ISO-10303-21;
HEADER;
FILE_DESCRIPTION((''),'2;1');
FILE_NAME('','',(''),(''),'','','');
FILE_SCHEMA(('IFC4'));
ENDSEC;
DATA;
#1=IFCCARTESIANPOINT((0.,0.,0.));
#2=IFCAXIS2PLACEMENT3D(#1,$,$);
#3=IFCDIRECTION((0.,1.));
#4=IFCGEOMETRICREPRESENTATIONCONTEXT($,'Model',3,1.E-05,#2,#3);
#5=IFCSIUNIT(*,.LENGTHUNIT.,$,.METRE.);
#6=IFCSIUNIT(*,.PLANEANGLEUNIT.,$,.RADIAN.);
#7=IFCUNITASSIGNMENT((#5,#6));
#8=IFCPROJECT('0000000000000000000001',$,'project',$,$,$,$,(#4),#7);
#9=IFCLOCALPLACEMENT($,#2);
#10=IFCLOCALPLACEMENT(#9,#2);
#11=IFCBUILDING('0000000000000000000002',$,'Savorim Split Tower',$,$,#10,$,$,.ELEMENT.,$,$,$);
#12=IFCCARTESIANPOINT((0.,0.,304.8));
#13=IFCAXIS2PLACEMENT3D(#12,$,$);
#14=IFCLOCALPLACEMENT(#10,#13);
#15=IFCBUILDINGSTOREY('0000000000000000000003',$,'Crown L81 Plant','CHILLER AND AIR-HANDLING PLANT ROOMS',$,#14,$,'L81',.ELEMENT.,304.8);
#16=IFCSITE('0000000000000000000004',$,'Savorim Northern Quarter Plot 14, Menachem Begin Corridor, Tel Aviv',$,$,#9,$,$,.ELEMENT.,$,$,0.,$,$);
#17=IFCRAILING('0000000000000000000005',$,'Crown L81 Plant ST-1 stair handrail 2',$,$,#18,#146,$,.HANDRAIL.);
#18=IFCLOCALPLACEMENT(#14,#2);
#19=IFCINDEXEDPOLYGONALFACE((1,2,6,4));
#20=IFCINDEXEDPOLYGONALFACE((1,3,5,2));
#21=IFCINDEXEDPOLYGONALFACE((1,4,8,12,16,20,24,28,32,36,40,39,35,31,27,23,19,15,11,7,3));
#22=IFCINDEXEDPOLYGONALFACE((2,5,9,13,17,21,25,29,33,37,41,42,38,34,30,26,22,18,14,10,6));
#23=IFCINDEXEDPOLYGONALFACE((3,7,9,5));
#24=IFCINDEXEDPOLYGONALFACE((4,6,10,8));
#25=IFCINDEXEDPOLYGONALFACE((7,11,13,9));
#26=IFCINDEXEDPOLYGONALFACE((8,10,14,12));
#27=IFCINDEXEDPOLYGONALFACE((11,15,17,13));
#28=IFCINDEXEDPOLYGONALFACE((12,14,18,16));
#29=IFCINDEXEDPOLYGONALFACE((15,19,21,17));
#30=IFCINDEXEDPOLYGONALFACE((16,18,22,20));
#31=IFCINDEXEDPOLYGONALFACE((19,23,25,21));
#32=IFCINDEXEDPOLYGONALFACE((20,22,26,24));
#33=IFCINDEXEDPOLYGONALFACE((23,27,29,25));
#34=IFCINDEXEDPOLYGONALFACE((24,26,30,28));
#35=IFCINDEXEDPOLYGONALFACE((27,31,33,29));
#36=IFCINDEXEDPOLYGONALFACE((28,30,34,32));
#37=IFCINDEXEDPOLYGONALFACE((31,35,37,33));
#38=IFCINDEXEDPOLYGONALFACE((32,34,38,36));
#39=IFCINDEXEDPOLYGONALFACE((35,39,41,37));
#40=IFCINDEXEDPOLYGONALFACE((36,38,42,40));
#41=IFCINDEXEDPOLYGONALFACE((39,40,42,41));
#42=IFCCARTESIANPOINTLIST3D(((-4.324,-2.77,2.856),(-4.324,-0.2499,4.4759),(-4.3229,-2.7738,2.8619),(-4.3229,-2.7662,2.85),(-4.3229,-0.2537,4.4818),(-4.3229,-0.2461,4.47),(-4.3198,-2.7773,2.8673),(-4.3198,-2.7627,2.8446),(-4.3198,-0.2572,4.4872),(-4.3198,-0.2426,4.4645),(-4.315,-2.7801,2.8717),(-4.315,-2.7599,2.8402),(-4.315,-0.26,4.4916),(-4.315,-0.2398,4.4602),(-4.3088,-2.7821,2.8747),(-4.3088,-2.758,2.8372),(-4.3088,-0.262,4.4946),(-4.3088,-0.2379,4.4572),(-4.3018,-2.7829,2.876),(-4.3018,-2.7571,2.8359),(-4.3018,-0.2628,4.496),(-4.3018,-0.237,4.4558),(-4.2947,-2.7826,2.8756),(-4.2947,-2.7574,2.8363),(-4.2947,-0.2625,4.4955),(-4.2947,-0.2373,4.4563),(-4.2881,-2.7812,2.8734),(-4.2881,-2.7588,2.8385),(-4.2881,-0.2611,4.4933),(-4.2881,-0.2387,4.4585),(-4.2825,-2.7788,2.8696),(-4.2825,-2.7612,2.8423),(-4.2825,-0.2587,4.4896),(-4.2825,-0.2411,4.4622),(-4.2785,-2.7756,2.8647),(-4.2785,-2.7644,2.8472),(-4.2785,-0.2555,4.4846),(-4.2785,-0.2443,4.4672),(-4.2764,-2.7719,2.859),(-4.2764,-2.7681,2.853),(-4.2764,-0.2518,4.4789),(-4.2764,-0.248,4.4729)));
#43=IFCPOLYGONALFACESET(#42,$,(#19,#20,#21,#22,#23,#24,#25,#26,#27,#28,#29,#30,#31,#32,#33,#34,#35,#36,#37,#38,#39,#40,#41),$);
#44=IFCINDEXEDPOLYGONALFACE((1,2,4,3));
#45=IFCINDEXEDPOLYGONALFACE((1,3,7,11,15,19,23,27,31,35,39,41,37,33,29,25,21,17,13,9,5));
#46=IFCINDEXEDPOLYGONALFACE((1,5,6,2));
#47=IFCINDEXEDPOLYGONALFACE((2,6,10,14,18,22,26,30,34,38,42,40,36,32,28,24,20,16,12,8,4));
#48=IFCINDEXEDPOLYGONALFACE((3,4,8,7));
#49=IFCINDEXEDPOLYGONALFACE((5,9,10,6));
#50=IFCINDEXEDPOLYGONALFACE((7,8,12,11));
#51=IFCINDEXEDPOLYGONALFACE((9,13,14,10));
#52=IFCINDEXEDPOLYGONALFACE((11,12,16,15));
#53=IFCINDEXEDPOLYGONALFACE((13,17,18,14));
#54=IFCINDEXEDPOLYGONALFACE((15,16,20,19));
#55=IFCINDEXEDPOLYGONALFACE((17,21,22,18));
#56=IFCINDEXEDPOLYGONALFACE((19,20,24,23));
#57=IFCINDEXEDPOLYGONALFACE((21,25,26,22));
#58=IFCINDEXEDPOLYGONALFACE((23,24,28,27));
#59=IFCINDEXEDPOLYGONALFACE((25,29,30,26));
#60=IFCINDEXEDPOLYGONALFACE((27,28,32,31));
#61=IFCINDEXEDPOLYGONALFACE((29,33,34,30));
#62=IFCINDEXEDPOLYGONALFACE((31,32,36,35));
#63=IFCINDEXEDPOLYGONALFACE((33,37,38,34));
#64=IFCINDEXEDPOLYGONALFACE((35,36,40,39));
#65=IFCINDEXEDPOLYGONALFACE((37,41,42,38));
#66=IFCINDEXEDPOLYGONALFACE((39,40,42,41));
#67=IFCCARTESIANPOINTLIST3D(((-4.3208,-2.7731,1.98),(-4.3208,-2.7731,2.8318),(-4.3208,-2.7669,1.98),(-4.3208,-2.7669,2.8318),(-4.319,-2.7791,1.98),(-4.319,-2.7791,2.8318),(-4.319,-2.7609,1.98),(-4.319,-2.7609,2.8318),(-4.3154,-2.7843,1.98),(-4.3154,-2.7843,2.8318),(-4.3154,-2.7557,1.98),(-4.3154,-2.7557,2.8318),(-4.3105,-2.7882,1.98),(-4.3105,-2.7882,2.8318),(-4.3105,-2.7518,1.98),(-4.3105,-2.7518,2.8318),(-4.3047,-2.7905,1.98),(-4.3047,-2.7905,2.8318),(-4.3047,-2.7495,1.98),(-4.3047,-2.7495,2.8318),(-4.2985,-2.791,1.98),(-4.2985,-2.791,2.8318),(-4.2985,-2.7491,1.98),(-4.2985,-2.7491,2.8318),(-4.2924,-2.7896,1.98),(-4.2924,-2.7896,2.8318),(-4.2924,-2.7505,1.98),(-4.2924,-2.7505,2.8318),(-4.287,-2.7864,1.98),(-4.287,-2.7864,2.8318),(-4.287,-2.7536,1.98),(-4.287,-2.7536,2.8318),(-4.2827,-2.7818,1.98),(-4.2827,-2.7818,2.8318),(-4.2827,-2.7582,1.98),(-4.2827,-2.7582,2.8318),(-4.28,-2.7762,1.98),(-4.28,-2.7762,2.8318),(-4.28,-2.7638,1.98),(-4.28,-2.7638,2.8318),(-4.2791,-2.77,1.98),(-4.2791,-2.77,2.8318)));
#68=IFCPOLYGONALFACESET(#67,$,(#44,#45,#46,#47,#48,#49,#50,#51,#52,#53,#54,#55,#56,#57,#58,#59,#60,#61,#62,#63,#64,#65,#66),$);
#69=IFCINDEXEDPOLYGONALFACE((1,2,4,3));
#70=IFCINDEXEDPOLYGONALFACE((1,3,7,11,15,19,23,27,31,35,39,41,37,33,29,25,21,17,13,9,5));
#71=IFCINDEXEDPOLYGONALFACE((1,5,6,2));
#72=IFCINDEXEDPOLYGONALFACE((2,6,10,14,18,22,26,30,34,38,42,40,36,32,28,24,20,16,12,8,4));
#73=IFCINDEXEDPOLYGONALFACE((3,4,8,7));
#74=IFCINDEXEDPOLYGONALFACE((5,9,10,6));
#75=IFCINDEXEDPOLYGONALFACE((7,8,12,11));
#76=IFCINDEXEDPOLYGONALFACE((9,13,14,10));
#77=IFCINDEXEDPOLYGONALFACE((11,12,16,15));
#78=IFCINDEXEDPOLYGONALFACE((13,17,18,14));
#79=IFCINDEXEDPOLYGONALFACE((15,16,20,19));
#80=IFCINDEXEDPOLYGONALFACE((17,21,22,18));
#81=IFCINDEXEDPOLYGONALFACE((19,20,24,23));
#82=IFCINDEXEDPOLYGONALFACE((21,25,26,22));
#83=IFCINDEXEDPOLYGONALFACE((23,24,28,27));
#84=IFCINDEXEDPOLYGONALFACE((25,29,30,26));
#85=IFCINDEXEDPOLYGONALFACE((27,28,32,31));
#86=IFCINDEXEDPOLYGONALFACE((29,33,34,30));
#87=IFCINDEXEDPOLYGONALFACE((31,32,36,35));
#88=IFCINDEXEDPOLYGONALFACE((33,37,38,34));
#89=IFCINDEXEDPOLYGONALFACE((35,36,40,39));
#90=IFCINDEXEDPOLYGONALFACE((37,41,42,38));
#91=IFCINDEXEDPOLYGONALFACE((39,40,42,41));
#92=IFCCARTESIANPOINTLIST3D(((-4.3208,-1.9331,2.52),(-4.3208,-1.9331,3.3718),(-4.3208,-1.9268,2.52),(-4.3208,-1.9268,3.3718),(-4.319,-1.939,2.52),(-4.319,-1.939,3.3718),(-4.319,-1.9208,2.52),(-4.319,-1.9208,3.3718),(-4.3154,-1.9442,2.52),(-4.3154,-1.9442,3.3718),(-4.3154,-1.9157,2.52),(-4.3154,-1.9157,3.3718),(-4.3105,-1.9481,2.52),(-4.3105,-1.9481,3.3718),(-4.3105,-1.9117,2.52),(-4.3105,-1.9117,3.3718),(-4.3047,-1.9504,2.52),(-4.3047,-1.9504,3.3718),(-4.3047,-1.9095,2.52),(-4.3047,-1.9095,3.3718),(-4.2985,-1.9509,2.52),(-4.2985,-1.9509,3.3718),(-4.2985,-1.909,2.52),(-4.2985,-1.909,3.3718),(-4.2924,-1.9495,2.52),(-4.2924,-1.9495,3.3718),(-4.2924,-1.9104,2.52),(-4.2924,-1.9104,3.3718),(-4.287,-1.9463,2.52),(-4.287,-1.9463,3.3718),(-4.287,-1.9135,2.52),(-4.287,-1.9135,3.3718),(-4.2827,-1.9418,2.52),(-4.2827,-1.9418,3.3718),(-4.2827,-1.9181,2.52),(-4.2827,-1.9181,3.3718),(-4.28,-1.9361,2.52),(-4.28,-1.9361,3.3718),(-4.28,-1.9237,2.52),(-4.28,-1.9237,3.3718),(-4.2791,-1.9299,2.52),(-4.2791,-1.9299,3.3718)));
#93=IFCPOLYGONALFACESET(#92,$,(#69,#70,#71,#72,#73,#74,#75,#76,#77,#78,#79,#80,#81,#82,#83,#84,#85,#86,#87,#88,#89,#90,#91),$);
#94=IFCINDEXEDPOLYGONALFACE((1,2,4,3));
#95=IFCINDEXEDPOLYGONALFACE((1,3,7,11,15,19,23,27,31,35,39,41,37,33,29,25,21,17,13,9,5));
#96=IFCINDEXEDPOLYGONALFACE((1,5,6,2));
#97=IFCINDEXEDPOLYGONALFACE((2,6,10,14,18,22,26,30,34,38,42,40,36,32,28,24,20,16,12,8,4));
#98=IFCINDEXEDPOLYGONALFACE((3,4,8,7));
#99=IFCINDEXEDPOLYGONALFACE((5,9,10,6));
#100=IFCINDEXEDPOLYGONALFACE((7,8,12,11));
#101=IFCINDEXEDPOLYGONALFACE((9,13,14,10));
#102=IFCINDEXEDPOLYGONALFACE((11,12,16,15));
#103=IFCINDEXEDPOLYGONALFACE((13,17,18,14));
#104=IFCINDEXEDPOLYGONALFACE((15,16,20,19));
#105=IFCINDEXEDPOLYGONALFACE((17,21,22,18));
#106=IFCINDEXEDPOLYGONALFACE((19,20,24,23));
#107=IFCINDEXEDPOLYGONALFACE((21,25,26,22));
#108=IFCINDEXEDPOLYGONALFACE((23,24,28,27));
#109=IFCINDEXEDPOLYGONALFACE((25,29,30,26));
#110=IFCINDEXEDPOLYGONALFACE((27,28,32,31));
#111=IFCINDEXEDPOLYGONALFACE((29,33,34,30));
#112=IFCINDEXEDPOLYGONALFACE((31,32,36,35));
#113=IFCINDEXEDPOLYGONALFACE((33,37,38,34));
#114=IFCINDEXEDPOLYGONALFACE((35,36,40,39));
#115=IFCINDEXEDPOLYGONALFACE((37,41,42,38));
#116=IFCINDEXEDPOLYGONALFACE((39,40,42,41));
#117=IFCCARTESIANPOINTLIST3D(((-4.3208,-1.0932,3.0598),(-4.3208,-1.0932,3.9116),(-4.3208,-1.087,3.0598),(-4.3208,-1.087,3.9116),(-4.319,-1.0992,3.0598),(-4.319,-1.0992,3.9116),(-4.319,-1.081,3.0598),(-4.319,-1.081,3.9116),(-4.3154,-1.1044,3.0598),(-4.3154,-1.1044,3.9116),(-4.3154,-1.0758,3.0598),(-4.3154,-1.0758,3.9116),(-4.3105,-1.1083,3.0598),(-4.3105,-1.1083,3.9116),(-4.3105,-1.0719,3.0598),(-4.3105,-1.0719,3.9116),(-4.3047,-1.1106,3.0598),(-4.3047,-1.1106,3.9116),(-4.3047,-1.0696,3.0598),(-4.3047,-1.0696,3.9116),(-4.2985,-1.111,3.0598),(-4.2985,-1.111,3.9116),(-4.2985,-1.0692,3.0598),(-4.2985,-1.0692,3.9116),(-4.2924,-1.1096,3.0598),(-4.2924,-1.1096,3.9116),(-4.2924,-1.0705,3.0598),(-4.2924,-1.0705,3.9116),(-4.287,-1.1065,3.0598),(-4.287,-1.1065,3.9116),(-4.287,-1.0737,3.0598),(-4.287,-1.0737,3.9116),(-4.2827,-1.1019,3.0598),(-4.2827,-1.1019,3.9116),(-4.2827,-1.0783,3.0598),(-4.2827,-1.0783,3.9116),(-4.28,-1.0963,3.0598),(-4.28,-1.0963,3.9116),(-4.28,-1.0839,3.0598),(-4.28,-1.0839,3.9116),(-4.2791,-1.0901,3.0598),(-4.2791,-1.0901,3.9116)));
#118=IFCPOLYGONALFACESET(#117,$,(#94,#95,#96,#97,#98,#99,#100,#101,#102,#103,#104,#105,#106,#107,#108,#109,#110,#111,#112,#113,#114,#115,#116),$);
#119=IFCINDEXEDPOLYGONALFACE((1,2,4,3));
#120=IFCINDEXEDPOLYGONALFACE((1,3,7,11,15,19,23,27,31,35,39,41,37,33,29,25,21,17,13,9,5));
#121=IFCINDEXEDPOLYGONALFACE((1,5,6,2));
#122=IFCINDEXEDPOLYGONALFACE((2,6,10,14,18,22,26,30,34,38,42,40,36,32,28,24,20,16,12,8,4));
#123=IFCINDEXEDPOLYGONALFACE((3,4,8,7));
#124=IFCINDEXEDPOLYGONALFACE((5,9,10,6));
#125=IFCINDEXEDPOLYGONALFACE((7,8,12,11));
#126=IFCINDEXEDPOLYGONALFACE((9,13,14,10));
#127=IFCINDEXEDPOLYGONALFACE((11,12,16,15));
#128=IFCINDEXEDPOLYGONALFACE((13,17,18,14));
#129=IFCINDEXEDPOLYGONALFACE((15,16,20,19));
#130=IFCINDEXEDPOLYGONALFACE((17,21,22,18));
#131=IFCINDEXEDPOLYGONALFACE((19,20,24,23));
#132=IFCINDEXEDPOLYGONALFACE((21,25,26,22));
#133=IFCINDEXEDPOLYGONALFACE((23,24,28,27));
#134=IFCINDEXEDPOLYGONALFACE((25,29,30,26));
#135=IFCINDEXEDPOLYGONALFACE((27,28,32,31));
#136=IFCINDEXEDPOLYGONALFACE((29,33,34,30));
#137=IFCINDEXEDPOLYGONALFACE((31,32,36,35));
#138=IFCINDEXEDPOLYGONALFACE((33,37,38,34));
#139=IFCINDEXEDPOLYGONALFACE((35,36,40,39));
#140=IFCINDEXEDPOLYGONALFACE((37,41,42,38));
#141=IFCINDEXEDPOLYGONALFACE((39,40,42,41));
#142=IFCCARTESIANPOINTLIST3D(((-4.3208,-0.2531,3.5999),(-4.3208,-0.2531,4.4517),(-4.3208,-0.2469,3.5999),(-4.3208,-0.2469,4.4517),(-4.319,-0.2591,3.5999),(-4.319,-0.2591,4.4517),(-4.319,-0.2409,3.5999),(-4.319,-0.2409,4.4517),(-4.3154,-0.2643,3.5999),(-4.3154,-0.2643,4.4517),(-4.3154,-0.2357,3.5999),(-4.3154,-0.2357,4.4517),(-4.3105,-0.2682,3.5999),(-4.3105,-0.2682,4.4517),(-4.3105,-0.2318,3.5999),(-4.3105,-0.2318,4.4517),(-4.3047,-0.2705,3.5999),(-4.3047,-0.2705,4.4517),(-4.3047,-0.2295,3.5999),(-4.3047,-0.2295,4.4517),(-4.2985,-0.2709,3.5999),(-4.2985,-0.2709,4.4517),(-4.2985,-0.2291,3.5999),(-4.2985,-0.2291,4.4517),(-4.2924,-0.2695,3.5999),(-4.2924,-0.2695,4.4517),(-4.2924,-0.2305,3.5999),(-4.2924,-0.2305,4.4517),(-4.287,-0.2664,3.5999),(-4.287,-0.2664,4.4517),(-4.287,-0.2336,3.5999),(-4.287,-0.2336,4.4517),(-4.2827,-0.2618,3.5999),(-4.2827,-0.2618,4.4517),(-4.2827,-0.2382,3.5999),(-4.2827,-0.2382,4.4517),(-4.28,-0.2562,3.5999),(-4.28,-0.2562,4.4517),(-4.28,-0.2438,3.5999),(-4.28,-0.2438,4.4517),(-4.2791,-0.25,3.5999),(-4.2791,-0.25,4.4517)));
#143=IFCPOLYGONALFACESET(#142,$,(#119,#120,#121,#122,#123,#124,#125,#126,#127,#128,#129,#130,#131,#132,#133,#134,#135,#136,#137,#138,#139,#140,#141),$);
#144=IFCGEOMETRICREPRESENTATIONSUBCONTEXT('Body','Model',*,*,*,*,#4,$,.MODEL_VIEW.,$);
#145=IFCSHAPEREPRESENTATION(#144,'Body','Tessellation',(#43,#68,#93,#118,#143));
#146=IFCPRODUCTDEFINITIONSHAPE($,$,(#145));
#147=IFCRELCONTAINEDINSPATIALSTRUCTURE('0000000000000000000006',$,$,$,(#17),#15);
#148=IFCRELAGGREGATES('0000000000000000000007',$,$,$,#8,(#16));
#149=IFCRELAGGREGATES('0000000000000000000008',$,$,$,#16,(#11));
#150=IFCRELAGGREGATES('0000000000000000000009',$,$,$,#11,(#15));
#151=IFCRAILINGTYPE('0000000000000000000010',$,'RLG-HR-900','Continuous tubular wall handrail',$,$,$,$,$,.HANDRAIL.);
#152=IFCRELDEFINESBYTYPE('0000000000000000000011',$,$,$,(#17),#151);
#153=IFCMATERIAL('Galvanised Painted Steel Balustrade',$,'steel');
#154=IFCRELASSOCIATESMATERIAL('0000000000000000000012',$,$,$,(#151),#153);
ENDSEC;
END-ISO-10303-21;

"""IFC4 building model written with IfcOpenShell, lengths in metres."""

from ifc_helpers import new_model, si_unit, direction, frame, origin, origin_2d, place, context, subcontext, project, spatial, circle, extrude, material, type_object, element, save


model = new_model("IFC4")

# Units and contexts
model_context = context("Model", 3, precision=1e-05, world=origin(), true_north=direction((0.0, 1.0)))
body_context = subcontext(model_context, "Body", "Model", "MODEL_VIEW")
ifc_project = project(units=[si_unit("LENGTHUNIT", "METRE"), si_unit("PLANEANGLEUNIT", "RADIAN")], contexts=[model_context])

# Site, building, storey
site_placement = place(None, origin())
site = spatial("IfcSite", under=ifc_project, at=site_placement, Name="Savorim Northern Quarter Plot 14, Menachem Begin Corridor, Tel Aviv", CompositionType="ELEMENT", RefElevation=0.0)
building_placement = place(site_placement, origin())
building = spatial("IfcBuilding", under=site, at=building_placement, Name="Savorim Split Tower", CompositionType="ELEMENT")
storey_placement = place(building_placement, frame((0.0, 0.0, 304.8)))
storey = spatial("IfcBuildingStorey", under=building, at=storey_placement, Name="Crown L81 Plant", Description="CHILLER AND AIR-HANDLING PLANT ROOMS", LongName="L81", CompositionType="ELEMENT", Elevation=304.8)

# Railing
ifc_material_1 = material(Name="Galvanised Painted Steel Balustrade", Category="steel")
railing_type_1 = type_object("IfcRailingType", Name="RLG-HR-900", Description="Continuous tubular wall handrail", PredefinedType="HANDRAIL", material=ifc_material_1)
railing_1_placement = place(storey_placement, frame((-4.3, -2.77, 1.98)))
element("IfcRailing", 1, at=railing_1_placement, inside=storey, type_object=railing_type_1, Name="Crown L81 Plant ST-1 stair handrail 2", PredefinedType="HANDRAIL", context=body_context, shape_type="SweptSolid", body=[
    extrude(circle(Radius=0.0239, at=origin_2d()), frame((0.0, 0.0, 0.876), z_axis=(0.0, 0.8412, 0.540725), x_axis=(-1.0, 0.0, 0.0)), (0.0, 0.0, 1.0), 2.9958),
    extrude(circle(Radius=0.021, at=origin_2d()), origin(), (0.0, 0.0, 1.0), 0.8518),
    extrude(circle(Radius=0.021, at=origin_2d()), frame((0.0, 0.8401, 0.54)), (0.0, 0.0, 1.0), 0.8518),
    extrude(circle(Radius=0.021, at=origin_2d()), frame((0.0, 1.6799, 1.0798)), (0.0, 0.0, 1.0), 0.8518),
    extrude(circle(Radius=0.021, at=origin_2d()), frame((0.0, 2.52, 1.6199)), (0.0, 0.0, 1.0), 0.8518),
])

save(model, "model.ifc")
